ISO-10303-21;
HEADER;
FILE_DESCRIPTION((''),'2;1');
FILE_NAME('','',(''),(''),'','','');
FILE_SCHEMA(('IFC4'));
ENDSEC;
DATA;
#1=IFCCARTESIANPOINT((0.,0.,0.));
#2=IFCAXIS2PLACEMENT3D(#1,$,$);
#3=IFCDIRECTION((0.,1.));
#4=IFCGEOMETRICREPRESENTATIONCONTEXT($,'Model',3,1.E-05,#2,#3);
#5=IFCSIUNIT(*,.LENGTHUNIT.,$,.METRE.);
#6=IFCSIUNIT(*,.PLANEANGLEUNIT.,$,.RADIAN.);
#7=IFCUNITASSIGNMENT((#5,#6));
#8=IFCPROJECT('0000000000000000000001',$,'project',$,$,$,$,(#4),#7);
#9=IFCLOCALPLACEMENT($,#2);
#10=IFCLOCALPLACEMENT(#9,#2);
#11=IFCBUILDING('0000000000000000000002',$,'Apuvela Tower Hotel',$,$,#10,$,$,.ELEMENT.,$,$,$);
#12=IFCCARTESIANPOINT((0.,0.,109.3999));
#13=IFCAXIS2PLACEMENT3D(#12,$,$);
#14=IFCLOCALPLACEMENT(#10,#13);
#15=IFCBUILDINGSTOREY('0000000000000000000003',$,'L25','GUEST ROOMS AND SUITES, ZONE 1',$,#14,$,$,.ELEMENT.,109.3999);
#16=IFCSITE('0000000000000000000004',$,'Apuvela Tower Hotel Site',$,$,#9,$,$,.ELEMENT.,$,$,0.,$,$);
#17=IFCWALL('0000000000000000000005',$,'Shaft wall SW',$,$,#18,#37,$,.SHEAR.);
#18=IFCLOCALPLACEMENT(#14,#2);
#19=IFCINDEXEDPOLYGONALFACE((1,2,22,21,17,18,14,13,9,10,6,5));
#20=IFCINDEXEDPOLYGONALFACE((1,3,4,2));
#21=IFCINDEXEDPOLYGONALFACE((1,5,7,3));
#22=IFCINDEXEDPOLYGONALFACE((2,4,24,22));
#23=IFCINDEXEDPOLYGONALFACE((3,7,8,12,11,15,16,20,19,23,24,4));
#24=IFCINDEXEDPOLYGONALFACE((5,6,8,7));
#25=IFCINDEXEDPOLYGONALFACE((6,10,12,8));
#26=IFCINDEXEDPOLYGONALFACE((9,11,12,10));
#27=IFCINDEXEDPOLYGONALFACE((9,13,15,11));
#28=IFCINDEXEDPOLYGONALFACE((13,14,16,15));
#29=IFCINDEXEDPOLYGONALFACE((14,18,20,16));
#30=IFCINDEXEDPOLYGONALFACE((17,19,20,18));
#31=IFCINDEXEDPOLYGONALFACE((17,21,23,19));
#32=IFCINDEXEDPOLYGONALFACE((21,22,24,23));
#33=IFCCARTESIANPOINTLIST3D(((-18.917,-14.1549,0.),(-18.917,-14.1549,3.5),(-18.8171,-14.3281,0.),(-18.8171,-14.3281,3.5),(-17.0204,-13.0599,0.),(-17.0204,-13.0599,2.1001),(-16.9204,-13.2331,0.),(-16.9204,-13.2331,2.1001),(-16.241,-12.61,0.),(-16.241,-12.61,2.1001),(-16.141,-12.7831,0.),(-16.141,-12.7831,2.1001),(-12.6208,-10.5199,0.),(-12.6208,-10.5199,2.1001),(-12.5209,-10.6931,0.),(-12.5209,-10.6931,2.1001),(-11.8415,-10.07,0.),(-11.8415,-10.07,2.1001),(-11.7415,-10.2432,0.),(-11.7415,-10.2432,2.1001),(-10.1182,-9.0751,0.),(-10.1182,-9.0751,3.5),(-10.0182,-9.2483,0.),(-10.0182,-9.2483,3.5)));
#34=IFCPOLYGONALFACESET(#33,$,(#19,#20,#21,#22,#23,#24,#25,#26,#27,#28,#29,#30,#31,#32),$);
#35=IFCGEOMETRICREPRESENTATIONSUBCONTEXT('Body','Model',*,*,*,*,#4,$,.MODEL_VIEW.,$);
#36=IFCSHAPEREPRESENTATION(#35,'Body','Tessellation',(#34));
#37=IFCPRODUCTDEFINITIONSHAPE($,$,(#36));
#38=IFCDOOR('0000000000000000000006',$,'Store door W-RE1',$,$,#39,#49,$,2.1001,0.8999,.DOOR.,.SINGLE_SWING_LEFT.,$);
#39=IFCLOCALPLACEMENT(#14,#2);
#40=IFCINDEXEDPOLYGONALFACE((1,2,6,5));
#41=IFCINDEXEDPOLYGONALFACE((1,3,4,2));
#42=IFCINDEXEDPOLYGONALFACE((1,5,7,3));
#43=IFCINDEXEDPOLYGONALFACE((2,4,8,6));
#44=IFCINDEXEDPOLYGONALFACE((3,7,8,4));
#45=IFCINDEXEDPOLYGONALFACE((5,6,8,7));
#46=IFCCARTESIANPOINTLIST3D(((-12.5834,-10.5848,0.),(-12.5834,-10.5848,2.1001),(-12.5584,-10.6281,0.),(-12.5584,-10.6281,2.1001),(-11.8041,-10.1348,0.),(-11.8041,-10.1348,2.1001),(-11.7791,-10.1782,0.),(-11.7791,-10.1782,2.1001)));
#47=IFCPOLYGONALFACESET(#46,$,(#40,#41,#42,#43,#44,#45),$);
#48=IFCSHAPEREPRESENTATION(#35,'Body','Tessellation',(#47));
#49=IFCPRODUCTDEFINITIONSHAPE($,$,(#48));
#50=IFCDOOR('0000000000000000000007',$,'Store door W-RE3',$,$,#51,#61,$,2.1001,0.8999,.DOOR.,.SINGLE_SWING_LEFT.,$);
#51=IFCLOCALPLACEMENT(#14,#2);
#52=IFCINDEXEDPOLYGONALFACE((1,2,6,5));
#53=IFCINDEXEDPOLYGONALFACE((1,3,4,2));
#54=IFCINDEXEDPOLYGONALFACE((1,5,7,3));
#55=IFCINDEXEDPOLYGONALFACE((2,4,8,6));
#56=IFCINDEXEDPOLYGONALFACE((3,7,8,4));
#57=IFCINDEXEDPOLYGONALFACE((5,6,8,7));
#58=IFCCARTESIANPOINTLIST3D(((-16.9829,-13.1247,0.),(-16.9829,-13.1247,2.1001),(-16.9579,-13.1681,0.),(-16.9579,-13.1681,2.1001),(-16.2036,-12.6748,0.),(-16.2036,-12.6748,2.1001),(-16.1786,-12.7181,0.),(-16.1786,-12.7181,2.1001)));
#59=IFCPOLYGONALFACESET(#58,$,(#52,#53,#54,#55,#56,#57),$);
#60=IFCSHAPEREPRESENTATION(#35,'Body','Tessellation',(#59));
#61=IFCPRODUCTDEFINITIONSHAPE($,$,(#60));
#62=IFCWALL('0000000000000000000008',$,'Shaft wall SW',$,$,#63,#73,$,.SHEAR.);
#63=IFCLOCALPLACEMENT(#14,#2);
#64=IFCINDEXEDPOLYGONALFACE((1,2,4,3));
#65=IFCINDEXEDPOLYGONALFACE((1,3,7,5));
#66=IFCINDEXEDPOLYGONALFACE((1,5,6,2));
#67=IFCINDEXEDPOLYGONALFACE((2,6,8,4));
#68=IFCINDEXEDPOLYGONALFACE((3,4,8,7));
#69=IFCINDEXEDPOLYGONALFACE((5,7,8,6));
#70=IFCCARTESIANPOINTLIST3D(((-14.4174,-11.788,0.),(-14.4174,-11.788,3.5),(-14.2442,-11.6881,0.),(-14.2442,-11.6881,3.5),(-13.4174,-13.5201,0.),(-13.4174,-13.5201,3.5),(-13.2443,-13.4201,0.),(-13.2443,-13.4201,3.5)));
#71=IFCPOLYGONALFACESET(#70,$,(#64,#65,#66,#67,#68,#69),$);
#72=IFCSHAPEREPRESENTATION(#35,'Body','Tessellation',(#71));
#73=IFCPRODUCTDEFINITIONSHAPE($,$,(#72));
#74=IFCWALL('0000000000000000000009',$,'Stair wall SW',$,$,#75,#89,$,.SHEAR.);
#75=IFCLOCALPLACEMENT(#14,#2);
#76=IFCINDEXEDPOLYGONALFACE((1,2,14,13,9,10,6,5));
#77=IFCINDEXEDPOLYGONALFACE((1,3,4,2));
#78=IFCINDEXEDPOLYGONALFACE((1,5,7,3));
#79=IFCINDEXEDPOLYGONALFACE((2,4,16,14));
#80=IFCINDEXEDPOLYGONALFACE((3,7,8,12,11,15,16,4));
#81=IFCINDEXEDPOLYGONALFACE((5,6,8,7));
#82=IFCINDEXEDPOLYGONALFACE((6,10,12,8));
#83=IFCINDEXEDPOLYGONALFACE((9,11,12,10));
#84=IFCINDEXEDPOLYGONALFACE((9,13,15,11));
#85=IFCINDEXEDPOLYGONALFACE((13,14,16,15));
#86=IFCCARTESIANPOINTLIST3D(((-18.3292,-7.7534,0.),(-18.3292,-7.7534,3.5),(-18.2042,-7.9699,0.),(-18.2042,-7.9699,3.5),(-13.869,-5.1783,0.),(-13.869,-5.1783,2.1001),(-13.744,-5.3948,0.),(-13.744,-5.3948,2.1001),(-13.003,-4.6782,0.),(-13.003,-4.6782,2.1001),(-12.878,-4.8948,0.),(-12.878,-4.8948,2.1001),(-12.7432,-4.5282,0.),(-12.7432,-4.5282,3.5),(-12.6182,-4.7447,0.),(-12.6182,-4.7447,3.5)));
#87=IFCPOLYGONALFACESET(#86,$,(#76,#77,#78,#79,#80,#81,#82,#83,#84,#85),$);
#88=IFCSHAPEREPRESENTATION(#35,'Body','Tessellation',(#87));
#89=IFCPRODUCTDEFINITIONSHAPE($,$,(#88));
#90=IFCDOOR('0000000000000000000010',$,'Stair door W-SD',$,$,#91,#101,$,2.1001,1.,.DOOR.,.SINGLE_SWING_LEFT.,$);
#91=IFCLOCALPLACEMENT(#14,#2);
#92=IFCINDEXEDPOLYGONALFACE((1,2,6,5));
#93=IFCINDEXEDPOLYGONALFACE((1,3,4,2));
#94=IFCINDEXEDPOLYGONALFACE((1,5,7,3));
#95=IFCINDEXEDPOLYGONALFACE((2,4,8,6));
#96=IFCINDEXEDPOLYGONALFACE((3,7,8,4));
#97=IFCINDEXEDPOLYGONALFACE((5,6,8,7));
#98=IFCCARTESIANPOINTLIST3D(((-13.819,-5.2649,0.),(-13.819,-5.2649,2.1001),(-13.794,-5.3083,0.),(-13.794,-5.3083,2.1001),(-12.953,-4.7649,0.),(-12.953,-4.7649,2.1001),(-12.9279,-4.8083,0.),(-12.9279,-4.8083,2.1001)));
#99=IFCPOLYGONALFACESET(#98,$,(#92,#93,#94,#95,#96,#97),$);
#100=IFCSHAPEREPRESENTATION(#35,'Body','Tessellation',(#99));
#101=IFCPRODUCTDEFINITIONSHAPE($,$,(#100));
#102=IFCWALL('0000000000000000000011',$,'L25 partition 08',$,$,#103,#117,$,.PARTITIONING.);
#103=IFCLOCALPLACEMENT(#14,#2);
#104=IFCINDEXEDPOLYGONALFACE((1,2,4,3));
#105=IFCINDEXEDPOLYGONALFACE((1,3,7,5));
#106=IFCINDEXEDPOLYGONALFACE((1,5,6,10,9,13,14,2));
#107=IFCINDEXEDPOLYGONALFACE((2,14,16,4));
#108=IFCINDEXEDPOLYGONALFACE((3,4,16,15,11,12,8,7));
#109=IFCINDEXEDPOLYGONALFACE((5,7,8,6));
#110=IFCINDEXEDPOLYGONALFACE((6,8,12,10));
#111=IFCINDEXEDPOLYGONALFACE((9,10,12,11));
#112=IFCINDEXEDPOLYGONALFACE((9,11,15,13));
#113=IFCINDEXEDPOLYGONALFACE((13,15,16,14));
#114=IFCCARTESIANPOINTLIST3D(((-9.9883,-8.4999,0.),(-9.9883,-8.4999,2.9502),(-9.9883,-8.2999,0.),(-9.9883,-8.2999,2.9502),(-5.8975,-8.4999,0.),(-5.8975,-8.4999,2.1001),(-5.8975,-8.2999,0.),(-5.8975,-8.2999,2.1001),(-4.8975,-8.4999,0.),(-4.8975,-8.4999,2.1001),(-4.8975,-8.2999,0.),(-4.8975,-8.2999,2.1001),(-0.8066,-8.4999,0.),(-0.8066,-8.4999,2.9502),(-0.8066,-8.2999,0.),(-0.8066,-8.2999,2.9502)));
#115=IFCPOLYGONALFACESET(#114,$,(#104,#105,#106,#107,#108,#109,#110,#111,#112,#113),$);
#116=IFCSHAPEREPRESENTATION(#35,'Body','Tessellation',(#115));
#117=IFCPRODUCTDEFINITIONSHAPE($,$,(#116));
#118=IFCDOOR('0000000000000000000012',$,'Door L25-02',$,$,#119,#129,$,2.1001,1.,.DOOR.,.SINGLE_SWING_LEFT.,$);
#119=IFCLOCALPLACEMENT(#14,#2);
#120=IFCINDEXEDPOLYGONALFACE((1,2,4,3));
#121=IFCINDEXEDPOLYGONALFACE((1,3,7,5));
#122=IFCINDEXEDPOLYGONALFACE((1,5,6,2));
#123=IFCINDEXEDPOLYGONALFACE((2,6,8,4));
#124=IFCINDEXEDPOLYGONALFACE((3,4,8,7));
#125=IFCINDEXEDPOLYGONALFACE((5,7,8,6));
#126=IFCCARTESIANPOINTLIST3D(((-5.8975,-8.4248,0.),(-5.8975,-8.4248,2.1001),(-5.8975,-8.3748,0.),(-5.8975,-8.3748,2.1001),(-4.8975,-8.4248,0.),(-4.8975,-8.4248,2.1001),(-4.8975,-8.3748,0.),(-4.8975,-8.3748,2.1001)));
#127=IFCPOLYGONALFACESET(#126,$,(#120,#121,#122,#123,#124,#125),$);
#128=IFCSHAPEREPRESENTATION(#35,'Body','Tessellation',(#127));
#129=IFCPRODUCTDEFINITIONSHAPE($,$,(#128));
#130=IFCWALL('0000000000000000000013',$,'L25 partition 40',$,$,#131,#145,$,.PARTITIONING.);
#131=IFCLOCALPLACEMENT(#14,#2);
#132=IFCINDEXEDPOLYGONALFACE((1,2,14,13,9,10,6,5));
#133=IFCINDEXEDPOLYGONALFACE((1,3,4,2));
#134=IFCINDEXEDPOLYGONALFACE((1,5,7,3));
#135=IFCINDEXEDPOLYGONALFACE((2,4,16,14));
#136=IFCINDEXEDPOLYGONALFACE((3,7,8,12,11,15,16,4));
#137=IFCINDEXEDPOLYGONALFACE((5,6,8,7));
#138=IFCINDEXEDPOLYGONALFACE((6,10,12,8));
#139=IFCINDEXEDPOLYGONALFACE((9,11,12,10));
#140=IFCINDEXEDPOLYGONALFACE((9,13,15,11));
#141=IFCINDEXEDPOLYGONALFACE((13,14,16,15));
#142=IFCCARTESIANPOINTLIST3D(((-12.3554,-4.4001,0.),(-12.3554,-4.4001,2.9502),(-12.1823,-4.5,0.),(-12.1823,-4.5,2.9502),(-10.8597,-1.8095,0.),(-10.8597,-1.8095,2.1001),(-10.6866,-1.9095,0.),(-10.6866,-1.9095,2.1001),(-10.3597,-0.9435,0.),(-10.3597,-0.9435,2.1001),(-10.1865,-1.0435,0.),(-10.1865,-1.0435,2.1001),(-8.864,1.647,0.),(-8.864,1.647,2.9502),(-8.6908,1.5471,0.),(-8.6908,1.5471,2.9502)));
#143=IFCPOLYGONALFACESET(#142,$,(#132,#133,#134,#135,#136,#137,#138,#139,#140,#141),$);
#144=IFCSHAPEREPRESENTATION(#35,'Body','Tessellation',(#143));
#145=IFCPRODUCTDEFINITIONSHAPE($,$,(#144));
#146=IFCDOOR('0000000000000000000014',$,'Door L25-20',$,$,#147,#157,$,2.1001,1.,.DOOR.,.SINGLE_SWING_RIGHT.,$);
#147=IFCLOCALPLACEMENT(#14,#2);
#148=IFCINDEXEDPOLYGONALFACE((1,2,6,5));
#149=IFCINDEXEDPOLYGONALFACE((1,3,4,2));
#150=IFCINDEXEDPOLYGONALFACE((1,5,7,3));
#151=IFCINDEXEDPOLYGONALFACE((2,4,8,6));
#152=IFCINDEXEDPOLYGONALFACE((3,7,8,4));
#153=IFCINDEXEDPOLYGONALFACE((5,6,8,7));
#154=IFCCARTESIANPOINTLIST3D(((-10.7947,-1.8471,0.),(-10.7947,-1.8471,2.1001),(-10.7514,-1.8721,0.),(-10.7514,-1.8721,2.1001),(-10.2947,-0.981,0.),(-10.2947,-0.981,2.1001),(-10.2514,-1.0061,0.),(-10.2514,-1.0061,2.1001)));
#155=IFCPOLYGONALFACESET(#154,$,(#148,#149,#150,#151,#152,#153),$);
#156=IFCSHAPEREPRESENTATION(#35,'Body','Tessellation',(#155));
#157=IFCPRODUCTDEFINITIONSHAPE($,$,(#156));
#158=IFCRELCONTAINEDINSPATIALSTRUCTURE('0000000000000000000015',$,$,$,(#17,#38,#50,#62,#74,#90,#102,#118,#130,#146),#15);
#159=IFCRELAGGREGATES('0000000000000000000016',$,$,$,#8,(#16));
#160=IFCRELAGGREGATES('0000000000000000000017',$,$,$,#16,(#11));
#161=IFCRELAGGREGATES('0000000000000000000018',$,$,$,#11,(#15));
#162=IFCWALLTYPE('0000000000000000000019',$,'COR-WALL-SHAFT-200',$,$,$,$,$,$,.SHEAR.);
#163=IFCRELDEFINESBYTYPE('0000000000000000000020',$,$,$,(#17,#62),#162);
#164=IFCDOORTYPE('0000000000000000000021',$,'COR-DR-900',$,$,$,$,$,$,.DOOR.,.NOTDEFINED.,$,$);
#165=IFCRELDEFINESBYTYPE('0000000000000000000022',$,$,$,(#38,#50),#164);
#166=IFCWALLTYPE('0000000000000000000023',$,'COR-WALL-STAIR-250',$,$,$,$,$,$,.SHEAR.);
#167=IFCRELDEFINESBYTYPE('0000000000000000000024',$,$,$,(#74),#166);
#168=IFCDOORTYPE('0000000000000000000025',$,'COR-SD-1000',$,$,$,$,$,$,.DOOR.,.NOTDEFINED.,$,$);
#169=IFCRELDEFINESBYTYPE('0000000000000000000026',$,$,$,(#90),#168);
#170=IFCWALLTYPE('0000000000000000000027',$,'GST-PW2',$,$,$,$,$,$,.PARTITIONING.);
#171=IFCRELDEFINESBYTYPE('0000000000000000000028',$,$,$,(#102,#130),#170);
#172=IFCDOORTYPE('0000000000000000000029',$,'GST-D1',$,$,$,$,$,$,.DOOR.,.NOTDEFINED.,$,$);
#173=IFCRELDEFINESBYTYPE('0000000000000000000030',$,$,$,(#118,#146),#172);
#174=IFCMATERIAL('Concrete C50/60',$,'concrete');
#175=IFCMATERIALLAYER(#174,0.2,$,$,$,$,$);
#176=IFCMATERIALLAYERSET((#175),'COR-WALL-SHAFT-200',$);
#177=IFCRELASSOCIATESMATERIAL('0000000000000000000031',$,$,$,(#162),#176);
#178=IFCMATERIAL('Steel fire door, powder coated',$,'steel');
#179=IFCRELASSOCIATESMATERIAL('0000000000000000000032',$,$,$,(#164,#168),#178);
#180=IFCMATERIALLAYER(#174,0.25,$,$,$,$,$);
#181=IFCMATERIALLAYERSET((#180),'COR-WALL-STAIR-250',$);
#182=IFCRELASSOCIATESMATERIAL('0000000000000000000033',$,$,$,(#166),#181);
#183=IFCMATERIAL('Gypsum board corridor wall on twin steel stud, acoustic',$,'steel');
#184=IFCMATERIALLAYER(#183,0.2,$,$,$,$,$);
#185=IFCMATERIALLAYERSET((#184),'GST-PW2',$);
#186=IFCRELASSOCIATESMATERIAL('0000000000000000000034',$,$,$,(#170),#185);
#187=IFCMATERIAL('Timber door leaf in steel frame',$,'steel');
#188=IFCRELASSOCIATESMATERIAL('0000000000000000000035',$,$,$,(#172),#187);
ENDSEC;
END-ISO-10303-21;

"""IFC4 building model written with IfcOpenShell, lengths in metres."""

from ifc_helpers import new_model, si_unit, direction, frame, frame_2d, origin, place, context, subcontext, project, spatial, rectangle, extrude, material, layer, layer_set, type_object, element, fill, save


model = new_model("IFC4")

# Units and contexts
model_context = context("Model", 3, precision=1e-05, world=origin(), true_north=direction((0.0, 1.0)))
body_context = subcontext(model_context, "Body", "Model", "MODEL_VIEW")
ifc_project = project(units=[si_unit("LENGTHUNIT", "METRE"), si_unit("PLANEANGLEUNIT", "RADIAN")], contexts=[model_context])

# Site, building, storey
site_placement = place(None, origin())
site = spatial("IfcSite", under=ifc_project, at=site_placement, Name="Apuvela Tower Hotel Site", CompositionType="ELEMENT", RefElevation=0.0)
building_placement = place(site_placement, origin())
building = spatial("IfcBuilding", under=site, at=building_placement, Name="Apuvela Tower Hotel", CompositionType="ELEMENT")
storey_placement = place(building_placement, frame((0.0, 0.0, 109.3999)))
storey = spatial("IfcBuildingStorey", under=building, at=storey_placement, Name="L25", Description="GUEST ROOMS AND SUITES, ZONE 1", CompositionType="ELEMENT", Elevation=109.3999)

# Shared definitions
ifc_material_1 = material(Name="Concrete C50/60", Category="concrete")
ifc_material_2 = material(Name="Steel fire door, powder coated", Category="steel")

# Shared definitions
ifc_layer_1 = layer(ifc_material_1, 0.2)
ifc_layer_set_1 = layer_set([ifc_layer_1], Name="COR-WALL-SHAFT-200")
wall_type_1 = type_object("IfcWallType", Name="COR-WALL-SHAFT-200", PredefinedType="SHEAR", material=ifc_layer_set_1)

# Wall, openings, doors
wall_1_placement = place(storey_placement, frame((-10.0681, -9.1616, 0.0), z_axis=(0.0, 0.0, 1.0), x_axis=(-0.866033, -0.499987, 0.0)))
wall_1 = element("IfcWall", 1, at=wall_1_placement, inside=storey, type_object=wall_type_1, Name="Shaft wall SW", PredefinedType="SHEAR", context=body_context, shape_type="SweptSolid", body=[
    extrude(rectangle(XDim=10.1599, YDim=0.2, at=frame_2d((5.0801, 0.0))), origin(), (0.0, 0.0, 1.0), 3.5),
])
opening_1_placement = place(wall_1_placement, frame((1.99, 0.0, 0.0)))
opening_1 = element("IfcOpeningElement", 2, at=opening_1_placement, cuts=wall_1, PredefinedType="OPENING", context=body_context, shape_type="SweptSolid", body=[
    extrude(rectangle(XDim=0.8999, YDim=2.1001, at=frame_2d((0.45, 1.05))), frame((0.0, 0.1099, 0.0), z_axis=(0.0, -1.0, 0.0), x_axis=(1.0, 0.0, 0.0)), (0.0, 0.0, 1.0), 0.22),
])
opening_2_placement = place(wall_1_placement, frame((7.0701, 0.0, 0.0)))
opening_2 = element("IfcOpeningElement", 3, at=opening_2_placement, cuts=wall_1, PredefinedType="OPENING", context=body_context, shape_type="SweptSolid", body=[
    extrude(rectangle(XDim=0.8999, YDim=2.1001, at=frame_2d((0.45, 1.05))), frame((0.0, 0.1099, 0.0), z_axis=(0.0, -1.0, 0.0), x_axis=(1.0, 0.0, 0.0)), (0.0, 0.0, 1.0), 0.22),
])
door_type_1 = type_object("IfcDoorType", Name="COR-DR-900", OperationType="NOTDEFINED", PredefinedType="DOOR", material=ifc_material_2)
door_1_placement = place(opening_1_placement, origin())
door_1 = element("IfcDoor", 4, at=door_1_placement, inside=storey, type_object=door_type_1, Name="Store door W-RE1", OperationType="SINGLE_SWING_LEFT", OverallHeight=2.1001, OverallWidth=0.8999, PredefinedType="DOOR", context=body_context, shape_type="SweptSolid", body=[
    extrude(rectangle(XDim=0.8999, YDim=2.1001, at=frame_2d((0.45, 1.05))), frame((0.0, 0.0249, 0.0), z_axis=(0.0, -1.0, 0.0), x_axis=(1.0, 0.0, 0.0)), (0.0, 0.0, 1.0), 0.05),
])
fill(opening_1, door_1)
door_2_placement = place(opening_2_placement, origin())
door_2 = element("IfcDoor", 5, at=door_2_placement, inside=storey, type_object=door_type_1, Name="Store door W-RE3", OperationType="SINGLE_SWING_LEFT", OverallHeight=2.1001, OverallWidth=0.8999, PredefinedType="DOOR", context=body_context, shape_type="SweptSolid", body=[
    extrude(rectangle(XDim=0.8999, YDim=2.1001, at=frame_2d((0.45, 1.05))), frame((0.0, 0.0249, 0.0), z_axis=(0.0, -1.0, 0.0), x_axis=(1.0, 0.0, 0.0)), (0.0, 0.0, 1.0), 0.05),
])
fill(opening_2, door_2)

# Wall
wall_2_placement = place(storey_placement, frame((-14.3308, -11.738, 0.0), z_axis=(0.0, 0.0, 1.0), x_axis=(0.499973, -0.866041, 0.0)))
element("IfcWall", 6, at=wall_2_placement, inside=storey, type_object=wall_type_1, Name="Shaft wall SW", PredefinedType="SHEAR", context=body_context, shape_type="SweptSolid", body=[
    extrude(rectangle(XDim=2.0, YDim=0.2, at=frame_2d((1.0, 0.0))), origin(), (0.0, 0.0, 1.0), 3.5),
])

# Walls, openings, doors
ifc_layer_2 = layer(ifc_material_1, 0.25)
ifc_layer_set_2 = layer_set([ifc_layer_2], Name="COR-WALL-STAIR-250")
wall_type_2 = type_object("IfcWallType", Name="COR-WALL-STAIR-250", PredefinedType="SHEAR", material=ifc_layer_set_2)
wall_3_placement = place(storey_placement, frame((-12.6807, -4.6365, 0.0), z_axis=(0.0, 0.0, 1.0), x_axis=(-0.866022, -0.500006, 0.0)))
wall_3 = element("IfcWall", 7, at=wall_3_placement, inside=storey, type_object=wall_type_2, Name="Stair wall SW", PredefinedType="SHEAR", context=body_context, shape_type="SweptSolid", body=[
    extrude(rectangle(XDim=6.4502, YDim=0.25, at=frame_2d((3.2251, 0.0))), origin(), (0.0, 0.0, 1.0), 3.5),
])
opening_3_placement = place(wall_3_placement, frame((0.3, 0.0, 0.0)))
opening_3 = element("IfcOpeningElement", 8, at=opening_3_placement, cuts=wall_3, PredefinedType="OPENING", context=body_context, shape_type="SweptSolid", body=[
    extrude(rectangle(XDim=1.0, YDim=2.1001, at=frame_2d((0.5, 1.05))), frame((0.0, 0.135, 0.0), z_axis=(0.0, -1.0, 0.0), x_axis=(1.0, 0.0, 0.0)), (0.0, 0.0, 1.0), 0.27),
])
door_type_2 = type_object("IfcDoorType", Name="COR-SD-1000", OperationType="NOTDEFINED", PredefinedType="DOOR", material=ifc_material_2)
door_3_placement = place(opening_3_placement, frame((1.0, 0.0, 0.0), z_axis=(0.0, 0.0, 1.0), x_axis=(-1.0, 0.0, 0.0)))
door_3 = element("IfcDoor", 9, at=door_3_placement, inside=storey, type_object=door_type_2, Name="Stair door W-SD", OperationType="SINGLE_SWING_LEFT", OverallHeight=2.1001, OverallWidth=1.0, PredefinedType="DOOR", context=body_context, shape_type="SweptSolid", body=[
    extrude(rectangle(XDim=1.0, YDim=2.1001, at=frame_2d((0.5, 1.05))), frame((0.0, 0.0249, 0.0), z_axis=(0.0, -1.0, 0.0), x_axis=(1.0, 0.0, 0.0)), (0.0, 0.0, 1.0), 0.05),
])
fill(opening_3, door_3)
ifc_material_3 = material(Name="Gypsum board corridor wall on twin steel stud, acoustic", Category="steel")
ifc_layer_3 = layer(ifc_material_3, 0.2)
ifc_layer_set_3 = layer_set([ifc_layer_3], Name="GST-PW2")
wall_type_3 = type_object("IfcWallType", Name="GST-PW2", PredefinedType="PARTITIONING", material=ifc_layer_set_3)
wall_4_placement = place(storey_placement, frame((-0.8066, -8.3999, 0.0), z_axis=(0.0, 0.0, 1.0), x_axis=(-1.0, 0.0, 0.0)))
wall_4 = element("IfcWall", 10, at=wall_4_placement, inside=storey, type_object=wall_type_3, Name="L25 partition 08", PredefinedType="PARTITIONING", context=body_context, shape_type="SweptSolid", body=[
    extrude(rectangle(XDim=9.1816, YDim=0.2, at=frame_2d((4.5908, 0.0))), origin(), (0.0, 0.0, 1.0), 2.9502),
])
opening_4_placement = place(wall_4_placement, frame((4.0908, 0.0, 0.0)))
opening_4 = element("IfcOpeningElement", 11, at=opening_4_placement, cuts=wall_4, PredefinedType="OPENING", context=body_context, shape_type="SweptSolid", body=[
    extrude(rectangle(XDim=1.0, YDim=2.1001, at=frame_2d((0.5, 1.05))), frame((0.0, 0.1099, 0.0), z_axis=(0.0, -1.0, 0.0), x_axis=(1.0, 0.0, 0.0)), (0.0, 0.0, 1.0), 0.22),
])
ifc_material_4 = material(Name="Timber door leaf in steel frame", Category="steel")
door_type_3 = type_object("IfcDoorType", Name="GST-D1", OperationType="NOTDEFINED", PredefinedType="DOOR", material=ifc_material_4)
door_4_placement = place(opening_4_placement, origin())
door_4 = element("IfcDoor", 12, at=door_4_placement, inside=storey, type_object=door_type_3, Name="Door L25-02", OperationType="SINGLE_SWING_LEFT", OverallHeight=2.1001, OverallWidth=1.0, PredefinedType="DOOR", context=body_context, shape_type="SweptSolid", body=[
    extrude(rectangle(XDim=1.0, YDim=2.1001, at=frame_2d((0.5, 1.05))), frame((0.0, 0.0249, 0.0), z_axis=(0.0, -1.0, 0.0), x_axis=(1.0, 0.0, 0.0)), (0.0, 0.0, 1.0), 0.05),
])
fill(opening_4, door_4)
wall_5_placement = place(storey_placement, frame((-12.2688, -4.45, 0.0), z_axis=(0.0, 0.0, 1.0), x_axis=(0.500016, 0.866016, 0.0)))
wall_5 = element("IfcWall", 13, at=wall_5_placement, inside=storey, type_object=wall_type_3, Name="L25 partition 40", PredefinedType="PARTITIONING", context=body_context, shape_type="SweptSolid", body=[
    extrude(rectangle(XDim=6.9827, YDim=0.2, at=frame_2d((3.4912, 0.0))), origin(), (0.0, 0.0, 1.0), 2.9502),
])
opening_5_placement = place(wall_5_placement, frame((2.9912, 0.0, 0.0)))
opening_5 = element("IfcOpeningElement", 14, at=opening_5_placement, cuts=wall_5, PredefinedType="OPENING", context=body_context, shape_type="SweptSolid", body=[
    extrude(rectangle(XDim=1.0, YDim=2.1001, at=frame_2d((0.5, 1.05))), frame((0.0, 0.1099, 0.0), z_axis=(0.0, -1.0, 0.0), x_axis=(1.0, 0.0, 0.0)), (0.0, 0.0, 1.0), 0.22),
])
door_5_placement = place(opening_5_placement, origin())
door_5 = element("IfcDoor", 15, at=door_5_placement, inside=storey, type_object=door_type_3, Name="Door L25-20", OperationType="SINGLE_SWING_RIGHT", OverallHeight=2.1001, OverallWidth=1.0, PredefinedType="DOOR", context=body_context, shape_type="SweptSolid", body=[
    extrude(rectangle(XDim=1.0, YDim=2.1001, at=frame_2d((0.5, 1.05))), frame((0.0, 0.0249, 0.0), z_axis=(0.0, -1.0, 0.0), x_axis=(1.0, 0.0, 0.0)), (0.0, 0.0, 1.0), 0.05),
])
fill(opening_5, door_5)

save(model, "model.ifc")
